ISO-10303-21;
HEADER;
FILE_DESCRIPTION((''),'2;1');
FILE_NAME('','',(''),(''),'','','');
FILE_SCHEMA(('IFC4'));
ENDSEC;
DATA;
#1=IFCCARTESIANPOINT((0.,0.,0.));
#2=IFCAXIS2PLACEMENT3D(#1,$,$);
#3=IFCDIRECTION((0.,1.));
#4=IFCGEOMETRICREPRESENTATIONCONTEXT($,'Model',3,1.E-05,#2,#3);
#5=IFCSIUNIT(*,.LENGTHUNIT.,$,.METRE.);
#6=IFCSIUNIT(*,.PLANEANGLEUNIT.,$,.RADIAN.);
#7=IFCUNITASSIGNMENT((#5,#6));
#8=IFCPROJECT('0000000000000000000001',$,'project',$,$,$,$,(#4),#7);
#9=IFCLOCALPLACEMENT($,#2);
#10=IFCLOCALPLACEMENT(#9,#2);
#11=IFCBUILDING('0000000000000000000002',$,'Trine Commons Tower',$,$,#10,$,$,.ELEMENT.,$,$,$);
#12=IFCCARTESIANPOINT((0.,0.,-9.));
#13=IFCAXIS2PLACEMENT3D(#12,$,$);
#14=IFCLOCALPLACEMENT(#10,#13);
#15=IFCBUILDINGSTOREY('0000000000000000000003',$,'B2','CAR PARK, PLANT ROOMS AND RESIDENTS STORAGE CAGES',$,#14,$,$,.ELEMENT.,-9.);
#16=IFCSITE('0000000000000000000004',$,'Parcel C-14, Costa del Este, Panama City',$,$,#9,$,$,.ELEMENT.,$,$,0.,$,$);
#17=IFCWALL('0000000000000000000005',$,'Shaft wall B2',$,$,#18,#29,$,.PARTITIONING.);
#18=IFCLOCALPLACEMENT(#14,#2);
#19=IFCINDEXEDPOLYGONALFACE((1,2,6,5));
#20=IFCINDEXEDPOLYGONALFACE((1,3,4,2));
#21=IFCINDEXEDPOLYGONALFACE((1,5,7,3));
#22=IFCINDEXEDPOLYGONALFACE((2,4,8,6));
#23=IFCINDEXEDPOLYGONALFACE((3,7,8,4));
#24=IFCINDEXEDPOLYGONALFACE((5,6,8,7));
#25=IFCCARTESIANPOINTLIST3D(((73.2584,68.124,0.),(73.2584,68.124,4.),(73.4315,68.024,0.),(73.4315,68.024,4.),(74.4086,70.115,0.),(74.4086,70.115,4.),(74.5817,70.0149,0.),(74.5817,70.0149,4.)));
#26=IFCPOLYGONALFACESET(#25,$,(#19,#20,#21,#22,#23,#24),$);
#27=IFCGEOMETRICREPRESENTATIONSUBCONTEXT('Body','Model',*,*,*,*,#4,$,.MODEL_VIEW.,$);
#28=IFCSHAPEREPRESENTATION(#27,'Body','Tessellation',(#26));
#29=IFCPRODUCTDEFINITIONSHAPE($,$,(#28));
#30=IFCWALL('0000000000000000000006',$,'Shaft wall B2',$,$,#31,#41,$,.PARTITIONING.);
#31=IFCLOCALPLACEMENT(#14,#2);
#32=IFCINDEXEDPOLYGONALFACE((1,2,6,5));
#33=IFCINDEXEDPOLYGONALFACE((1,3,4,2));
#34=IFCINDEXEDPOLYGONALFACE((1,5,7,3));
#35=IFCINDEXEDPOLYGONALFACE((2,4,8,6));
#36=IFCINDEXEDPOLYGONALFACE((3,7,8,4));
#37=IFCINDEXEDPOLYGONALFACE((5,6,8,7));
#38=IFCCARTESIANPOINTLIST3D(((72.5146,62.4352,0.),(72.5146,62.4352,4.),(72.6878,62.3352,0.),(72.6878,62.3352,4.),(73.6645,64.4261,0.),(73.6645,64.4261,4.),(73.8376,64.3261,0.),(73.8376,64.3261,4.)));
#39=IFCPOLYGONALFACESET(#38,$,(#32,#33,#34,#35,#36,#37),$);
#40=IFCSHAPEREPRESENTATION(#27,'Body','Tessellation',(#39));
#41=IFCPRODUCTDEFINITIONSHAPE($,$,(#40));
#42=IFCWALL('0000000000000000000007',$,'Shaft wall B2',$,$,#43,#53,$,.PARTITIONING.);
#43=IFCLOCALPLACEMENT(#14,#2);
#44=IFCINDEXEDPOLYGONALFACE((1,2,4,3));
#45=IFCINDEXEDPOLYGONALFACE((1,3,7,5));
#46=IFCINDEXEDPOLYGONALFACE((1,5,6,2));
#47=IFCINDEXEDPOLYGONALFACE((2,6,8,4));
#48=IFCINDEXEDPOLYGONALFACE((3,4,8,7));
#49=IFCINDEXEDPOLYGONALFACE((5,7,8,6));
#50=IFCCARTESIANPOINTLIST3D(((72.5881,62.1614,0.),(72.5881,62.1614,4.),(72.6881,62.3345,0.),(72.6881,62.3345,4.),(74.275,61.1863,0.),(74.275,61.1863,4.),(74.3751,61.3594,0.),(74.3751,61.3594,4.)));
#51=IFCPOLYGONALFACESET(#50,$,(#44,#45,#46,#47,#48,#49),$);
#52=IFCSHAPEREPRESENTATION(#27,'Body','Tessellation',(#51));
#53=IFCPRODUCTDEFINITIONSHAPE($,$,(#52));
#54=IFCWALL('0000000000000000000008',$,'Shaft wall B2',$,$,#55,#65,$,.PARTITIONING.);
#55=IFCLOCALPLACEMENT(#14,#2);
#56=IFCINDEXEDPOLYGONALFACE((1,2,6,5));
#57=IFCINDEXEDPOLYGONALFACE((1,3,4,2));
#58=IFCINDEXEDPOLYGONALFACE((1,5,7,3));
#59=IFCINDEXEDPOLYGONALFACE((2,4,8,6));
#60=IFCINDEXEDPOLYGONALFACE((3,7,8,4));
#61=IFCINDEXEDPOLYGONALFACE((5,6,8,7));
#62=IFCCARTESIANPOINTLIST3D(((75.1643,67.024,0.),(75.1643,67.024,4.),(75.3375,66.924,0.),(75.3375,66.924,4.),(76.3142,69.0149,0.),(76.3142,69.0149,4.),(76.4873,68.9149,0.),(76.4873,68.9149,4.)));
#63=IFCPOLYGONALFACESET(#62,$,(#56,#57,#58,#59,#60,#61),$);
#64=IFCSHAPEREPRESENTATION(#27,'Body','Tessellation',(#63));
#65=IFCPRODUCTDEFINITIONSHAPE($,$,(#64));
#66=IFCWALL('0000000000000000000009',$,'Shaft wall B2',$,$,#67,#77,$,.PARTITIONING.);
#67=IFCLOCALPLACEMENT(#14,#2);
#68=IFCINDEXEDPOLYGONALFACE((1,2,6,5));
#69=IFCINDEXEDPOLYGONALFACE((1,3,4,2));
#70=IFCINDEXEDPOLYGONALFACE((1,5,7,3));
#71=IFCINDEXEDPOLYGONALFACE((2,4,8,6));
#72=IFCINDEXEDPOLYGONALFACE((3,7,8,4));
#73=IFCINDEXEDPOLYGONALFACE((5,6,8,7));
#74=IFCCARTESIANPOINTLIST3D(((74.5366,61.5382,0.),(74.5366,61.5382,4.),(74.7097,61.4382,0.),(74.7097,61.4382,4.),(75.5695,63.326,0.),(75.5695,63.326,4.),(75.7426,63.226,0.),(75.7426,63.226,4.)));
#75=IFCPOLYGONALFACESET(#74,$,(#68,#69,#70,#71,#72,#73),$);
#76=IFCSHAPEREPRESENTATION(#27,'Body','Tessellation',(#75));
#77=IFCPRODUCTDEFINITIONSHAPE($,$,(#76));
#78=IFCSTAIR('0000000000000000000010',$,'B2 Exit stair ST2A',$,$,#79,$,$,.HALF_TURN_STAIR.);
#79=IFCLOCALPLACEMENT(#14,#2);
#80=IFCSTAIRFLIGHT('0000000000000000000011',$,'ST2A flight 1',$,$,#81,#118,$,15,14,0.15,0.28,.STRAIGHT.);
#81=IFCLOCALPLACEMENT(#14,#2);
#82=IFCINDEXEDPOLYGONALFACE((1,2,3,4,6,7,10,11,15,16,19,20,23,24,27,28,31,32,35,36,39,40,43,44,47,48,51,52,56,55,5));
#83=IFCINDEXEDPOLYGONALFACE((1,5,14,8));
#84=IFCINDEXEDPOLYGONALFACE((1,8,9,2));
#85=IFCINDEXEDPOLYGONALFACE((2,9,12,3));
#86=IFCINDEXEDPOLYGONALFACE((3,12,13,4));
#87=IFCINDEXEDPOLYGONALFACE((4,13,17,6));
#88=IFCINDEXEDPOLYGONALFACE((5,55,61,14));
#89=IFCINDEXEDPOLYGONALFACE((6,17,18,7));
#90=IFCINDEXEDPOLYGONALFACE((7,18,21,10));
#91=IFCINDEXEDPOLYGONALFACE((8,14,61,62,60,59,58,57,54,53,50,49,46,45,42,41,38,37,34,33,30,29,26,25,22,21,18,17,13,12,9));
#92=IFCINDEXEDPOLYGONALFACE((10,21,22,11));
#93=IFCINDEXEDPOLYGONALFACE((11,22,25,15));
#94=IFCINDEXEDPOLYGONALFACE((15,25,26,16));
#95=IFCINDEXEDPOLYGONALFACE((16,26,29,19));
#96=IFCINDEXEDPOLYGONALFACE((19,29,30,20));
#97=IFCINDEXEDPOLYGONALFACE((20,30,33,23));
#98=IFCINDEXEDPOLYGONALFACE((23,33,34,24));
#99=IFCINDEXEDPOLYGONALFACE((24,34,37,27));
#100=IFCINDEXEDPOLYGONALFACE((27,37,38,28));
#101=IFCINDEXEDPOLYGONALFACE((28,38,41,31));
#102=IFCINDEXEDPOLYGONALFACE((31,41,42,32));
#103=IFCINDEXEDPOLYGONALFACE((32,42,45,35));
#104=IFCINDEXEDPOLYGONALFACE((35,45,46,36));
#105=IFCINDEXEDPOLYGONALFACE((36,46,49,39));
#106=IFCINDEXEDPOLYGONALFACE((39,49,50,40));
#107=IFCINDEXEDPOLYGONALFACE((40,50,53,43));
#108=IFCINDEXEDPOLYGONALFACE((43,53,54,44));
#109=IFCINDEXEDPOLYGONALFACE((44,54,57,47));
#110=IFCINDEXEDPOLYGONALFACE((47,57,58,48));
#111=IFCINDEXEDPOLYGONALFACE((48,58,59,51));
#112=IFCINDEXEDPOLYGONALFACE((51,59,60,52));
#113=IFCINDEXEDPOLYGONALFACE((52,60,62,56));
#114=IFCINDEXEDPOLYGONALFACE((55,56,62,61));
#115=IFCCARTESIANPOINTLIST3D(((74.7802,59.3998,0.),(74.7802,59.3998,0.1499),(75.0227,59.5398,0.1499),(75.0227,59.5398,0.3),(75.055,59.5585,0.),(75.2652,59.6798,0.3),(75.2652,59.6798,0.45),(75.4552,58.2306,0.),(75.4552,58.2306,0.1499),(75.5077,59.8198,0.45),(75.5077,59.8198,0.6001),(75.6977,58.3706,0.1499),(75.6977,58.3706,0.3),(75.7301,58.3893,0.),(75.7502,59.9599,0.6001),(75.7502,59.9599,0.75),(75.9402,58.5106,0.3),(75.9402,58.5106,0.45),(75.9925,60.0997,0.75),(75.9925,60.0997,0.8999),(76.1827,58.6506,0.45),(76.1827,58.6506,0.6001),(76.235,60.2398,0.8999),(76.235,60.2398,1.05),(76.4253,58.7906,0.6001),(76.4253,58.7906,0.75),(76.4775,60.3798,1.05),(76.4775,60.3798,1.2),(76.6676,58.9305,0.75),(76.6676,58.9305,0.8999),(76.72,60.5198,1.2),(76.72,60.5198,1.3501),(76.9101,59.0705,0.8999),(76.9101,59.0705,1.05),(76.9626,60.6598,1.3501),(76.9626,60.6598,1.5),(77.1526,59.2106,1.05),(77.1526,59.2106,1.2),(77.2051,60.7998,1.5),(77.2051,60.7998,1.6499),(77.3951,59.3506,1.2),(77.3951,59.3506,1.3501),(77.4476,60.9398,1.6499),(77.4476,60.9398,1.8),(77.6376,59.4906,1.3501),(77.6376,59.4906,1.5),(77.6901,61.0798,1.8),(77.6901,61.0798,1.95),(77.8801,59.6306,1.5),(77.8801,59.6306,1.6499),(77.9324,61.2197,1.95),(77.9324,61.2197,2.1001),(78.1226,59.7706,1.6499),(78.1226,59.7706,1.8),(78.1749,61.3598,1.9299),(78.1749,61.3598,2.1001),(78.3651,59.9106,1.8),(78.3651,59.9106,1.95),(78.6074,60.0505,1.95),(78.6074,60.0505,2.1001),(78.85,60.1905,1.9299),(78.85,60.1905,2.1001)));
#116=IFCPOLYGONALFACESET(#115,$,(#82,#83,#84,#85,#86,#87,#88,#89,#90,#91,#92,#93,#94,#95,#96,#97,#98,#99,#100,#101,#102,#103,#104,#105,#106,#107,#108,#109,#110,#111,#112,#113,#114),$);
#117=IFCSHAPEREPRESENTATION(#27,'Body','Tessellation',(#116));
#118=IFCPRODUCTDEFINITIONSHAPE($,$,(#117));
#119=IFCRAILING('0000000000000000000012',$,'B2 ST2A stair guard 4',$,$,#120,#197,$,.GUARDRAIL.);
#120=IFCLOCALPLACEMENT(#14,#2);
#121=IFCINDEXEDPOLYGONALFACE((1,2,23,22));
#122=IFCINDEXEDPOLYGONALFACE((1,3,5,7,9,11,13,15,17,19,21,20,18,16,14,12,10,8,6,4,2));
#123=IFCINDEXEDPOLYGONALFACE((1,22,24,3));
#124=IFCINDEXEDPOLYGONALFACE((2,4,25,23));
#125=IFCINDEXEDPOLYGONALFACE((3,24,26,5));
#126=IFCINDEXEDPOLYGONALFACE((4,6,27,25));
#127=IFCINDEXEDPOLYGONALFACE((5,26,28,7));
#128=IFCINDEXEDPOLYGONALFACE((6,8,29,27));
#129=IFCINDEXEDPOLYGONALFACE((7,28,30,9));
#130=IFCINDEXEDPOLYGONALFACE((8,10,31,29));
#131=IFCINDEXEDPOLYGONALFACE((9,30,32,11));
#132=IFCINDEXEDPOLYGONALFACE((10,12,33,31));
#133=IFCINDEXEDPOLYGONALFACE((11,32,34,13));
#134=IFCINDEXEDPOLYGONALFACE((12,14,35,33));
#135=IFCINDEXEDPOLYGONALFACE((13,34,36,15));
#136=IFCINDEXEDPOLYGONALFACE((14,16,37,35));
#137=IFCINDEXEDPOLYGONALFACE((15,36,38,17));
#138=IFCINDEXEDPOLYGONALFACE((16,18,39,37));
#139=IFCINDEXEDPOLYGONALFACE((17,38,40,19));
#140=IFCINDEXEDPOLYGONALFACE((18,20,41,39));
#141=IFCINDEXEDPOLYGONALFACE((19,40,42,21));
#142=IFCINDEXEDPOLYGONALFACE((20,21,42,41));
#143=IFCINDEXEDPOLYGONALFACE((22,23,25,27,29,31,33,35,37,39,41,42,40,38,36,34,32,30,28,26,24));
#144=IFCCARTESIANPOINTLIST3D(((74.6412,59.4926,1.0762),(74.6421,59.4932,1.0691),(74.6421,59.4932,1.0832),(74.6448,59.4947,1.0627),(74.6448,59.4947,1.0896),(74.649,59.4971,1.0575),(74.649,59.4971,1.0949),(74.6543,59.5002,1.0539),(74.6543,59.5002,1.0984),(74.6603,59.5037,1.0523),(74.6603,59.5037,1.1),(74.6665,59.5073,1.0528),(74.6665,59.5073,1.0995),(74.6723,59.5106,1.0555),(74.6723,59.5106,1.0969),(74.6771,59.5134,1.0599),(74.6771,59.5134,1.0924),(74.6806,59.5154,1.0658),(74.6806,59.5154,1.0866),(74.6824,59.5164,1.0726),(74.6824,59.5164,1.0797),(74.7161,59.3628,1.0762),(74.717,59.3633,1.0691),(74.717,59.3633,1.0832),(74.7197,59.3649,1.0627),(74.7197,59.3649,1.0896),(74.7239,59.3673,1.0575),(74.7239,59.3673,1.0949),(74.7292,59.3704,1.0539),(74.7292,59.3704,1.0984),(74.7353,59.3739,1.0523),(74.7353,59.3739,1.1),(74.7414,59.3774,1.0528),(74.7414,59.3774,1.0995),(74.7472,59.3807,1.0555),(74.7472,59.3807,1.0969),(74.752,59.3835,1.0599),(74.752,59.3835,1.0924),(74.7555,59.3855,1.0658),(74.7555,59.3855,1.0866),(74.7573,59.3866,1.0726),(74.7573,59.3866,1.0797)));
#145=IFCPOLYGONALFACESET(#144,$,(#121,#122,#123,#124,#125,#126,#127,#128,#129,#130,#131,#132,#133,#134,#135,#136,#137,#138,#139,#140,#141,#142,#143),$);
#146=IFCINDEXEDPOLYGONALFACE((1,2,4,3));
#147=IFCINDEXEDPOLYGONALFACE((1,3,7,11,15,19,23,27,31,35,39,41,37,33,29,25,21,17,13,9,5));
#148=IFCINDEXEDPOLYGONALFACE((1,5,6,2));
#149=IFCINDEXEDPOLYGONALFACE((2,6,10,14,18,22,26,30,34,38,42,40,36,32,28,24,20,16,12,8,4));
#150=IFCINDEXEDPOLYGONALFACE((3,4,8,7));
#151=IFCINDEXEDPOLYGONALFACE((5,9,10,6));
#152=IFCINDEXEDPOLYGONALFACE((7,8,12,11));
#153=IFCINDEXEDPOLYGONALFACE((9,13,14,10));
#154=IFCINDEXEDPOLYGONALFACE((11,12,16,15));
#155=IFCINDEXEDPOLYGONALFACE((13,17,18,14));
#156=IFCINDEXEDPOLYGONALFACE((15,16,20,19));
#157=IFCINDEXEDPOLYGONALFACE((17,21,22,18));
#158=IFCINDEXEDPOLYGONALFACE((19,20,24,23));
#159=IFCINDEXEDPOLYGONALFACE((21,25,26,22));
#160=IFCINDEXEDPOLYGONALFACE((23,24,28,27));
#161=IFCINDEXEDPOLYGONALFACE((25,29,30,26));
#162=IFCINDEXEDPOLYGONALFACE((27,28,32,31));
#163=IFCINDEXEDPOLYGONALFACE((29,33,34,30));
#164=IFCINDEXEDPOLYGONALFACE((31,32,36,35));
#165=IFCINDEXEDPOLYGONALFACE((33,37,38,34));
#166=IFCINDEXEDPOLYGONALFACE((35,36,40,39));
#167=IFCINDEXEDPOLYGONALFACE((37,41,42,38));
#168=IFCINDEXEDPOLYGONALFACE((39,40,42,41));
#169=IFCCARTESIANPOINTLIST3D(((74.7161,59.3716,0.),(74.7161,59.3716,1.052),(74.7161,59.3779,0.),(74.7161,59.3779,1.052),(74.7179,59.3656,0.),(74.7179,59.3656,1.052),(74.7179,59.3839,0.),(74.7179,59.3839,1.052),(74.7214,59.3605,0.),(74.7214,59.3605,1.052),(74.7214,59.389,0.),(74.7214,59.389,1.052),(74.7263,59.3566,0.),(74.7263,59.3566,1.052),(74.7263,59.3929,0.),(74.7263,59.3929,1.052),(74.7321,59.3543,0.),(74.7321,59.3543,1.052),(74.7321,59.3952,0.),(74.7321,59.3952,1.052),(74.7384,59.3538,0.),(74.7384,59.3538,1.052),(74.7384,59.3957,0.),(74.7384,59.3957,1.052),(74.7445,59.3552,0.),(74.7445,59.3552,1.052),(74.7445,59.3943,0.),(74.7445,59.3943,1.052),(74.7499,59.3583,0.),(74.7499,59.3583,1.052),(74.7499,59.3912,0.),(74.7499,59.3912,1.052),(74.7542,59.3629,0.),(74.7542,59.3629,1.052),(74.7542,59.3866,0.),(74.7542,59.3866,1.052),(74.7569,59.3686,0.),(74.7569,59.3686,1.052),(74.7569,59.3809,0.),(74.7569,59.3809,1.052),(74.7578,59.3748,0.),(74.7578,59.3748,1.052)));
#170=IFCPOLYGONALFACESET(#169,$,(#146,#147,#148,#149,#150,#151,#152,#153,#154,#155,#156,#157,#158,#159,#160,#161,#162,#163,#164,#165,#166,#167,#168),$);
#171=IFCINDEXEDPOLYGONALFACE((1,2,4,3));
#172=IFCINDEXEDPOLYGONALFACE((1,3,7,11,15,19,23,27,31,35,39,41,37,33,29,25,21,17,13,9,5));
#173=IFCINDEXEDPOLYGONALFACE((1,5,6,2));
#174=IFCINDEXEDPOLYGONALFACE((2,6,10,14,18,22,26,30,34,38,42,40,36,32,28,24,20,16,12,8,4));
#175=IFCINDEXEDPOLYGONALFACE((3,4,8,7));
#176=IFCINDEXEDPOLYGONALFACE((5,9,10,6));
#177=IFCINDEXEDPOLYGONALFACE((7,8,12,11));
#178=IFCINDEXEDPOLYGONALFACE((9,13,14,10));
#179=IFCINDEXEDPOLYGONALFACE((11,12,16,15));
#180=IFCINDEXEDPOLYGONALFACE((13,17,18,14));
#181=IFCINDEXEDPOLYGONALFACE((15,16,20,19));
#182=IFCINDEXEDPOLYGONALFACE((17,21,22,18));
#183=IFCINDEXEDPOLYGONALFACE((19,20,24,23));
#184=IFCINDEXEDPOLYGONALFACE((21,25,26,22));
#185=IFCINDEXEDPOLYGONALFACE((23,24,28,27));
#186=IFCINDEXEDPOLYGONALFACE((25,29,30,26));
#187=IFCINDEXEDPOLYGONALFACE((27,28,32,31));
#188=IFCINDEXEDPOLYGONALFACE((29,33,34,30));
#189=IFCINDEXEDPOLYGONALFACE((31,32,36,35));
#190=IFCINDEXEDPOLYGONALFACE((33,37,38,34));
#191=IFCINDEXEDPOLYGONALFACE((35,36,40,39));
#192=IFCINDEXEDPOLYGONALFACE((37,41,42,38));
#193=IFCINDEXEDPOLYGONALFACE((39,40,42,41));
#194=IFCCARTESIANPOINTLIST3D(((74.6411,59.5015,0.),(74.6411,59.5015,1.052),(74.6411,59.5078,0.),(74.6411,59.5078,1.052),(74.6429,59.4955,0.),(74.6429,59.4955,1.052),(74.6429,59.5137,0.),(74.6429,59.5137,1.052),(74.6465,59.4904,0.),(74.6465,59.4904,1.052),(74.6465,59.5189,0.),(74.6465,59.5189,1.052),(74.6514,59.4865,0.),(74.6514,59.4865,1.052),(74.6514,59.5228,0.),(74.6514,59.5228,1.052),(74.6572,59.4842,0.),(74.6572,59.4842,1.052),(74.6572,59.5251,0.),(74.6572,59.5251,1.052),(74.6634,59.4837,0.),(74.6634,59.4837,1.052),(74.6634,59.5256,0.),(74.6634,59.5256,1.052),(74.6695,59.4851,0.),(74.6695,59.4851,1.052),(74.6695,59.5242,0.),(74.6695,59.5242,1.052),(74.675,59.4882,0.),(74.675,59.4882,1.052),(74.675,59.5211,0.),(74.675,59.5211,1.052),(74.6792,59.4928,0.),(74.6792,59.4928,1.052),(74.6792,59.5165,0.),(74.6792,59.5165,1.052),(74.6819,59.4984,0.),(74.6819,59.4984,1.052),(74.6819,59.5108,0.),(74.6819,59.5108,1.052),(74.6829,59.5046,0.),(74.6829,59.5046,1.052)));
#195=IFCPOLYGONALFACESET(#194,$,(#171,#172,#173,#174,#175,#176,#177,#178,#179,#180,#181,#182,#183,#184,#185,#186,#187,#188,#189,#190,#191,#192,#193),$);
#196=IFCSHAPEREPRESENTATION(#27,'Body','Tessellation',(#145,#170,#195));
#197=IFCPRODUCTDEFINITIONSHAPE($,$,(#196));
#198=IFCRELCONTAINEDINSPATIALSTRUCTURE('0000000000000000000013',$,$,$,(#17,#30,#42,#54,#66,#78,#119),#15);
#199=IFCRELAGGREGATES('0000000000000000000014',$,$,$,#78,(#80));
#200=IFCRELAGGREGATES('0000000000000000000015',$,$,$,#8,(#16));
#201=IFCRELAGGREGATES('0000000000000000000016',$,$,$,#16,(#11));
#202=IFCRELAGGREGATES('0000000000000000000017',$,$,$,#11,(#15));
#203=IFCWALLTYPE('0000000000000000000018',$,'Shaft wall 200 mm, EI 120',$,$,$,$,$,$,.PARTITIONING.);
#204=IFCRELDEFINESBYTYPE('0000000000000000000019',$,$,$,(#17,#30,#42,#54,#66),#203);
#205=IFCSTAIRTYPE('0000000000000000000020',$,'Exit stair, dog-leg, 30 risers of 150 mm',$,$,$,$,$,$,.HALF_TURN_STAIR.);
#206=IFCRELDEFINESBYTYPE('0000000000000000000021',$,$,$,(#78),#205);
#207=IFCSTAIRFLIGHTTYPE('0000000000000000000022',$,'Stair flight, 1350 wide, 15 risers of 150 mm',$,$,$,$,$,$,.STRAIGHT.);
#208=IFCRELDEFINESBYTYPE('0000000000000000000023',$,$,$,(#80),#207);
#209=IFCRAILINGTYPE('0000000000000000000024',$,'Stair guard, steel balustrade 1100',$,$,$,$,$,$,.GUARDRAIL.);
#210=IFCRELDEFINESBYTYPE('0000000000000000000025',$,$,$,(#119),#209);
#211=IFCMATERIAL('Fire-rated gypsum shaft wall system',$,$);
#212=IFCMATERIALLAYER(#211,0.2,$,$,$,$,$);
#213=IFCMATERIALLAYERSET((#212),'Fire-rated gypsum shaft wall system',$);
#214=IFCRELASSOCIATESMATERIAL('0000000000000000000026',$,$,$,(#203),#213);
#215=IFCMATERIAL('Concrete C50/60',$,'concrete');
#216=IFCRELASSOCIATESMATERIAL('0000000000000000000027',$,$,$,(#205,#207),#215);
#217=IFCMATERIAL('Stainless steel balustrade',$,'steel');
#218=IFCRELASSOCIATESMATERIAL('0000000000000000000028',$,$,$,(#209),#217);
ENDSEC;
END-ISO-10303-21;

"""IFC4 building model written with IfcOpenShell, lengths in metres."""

from ifc_helpers import new_model, si_unit, direction, frame, frame_2d, origin, origin_2d, place, context, subcontext, project, spatial, polyline, rectangle, circle, outline, extrude, material, layer, layer_set, type_object, element, aggregate, save


model = new_model("IFC4")

# Units and contexts
model_context = context("Model", 3, precision=1e-05, world=origin(), true_north=direction((0.0, 1.0)))
body_context = subcontext(model_context, "Body", "Model", "MODEL_VIEW")
ifc_project = project(units=[si_unit("LENGTHUNIT", "METRE"), si_unit("PLANEANGLEUNIT", "RADIAN")], contexts=[model_context])

# Site, building, storey
site_placement = place(None, origin())
site = spatial("IfcSite", under=ifc_project, at=site_placement, Name="Parcel C-14, Costa del Este, Panama City", CompositionType="ELEMENT", RefElevation=0.0)
building_placement = place(site_placement, origin())
building = spatial("IfcBuilding", under=site, at=building_placement, Name="Trine Commons Tower", CompositionType="ELEMENT")
storey_placement = place(building_placement, frame((0.0, 0.0, -9.0)))
storey = spatial("IfcBuildingStorey", under=building, at=storey_placement, Name="B2", Description="CAR PARK, PLANT ROOMS AND RESIDENTS STORAGE CAGES", CompositionType="ELEMENT", Elevation=-9.0)

# Walls
ifc_material_1 = material(Name="Fire-rated gypsum shaft wall system")
ifc_layer_1 = layer(ifc_material_1, 0.2)
ifc_layer_set_1 = layer_set([ifc_layer_1], Name="Fire-rated gypsum shaft wall system")
wall_type_1 = type_object("IfcWallType", Name="Shaft wall 200 mm, EI 120", PredefinedType="PARTITIONING", material=ifc_layer_set_1)
wall_1_placement = place(storey_placement, frame((73.345, 68.074, 0.0), z_axis=(0.0, 0.0, 1.0), x_axis=(0.500216, 0.865901, 0.0)))
element("IfcWall", 1, at=wall_1_placement, inside=storey, type_object=wall_type_1, Name="Shaft wall B2", PredefinedType="PARTITIONING", context=body_context, shape_type="SweptSolid", body=[
    extrude(rectangle(XDim=2.2993, YDim=0.2, at=frame_2d((1.1497, 0.0))), origin(), (0.0, 0.0, 1.0), 4.0),
])
wall_2_placement = place(storey_placement, frame((73.751, 64.376, 0.0), z_axis=(0.0, 0.0, 1.0), x_axis=(-0.500136, -0.865947, 0.0)))
element("IfcWall", 2, at=wall_2_placement, inside=storey, type_object=wall_type_1, Name="Shaft wall B2", PredefinedType="PARTITIONING", context=body_context, shape_type="SweptSolid", body=[
    extrude(rectangle(XDim=2.2991, YDim=0.2, at=frame_2d((1.1494, 0.0))), origin(), (0.0, 0.0, 1.0), 4.0),
])
wall_3_placement = place(storey_placement, frame((74.325, 61.2729, 0.0), z_axis=(0.0, 0.0, 1.0), x_axis=(-0.865781, 0.500424, 0.0)))
element("IfcWall", 3, at=wall_3_placement, inside=storey, type_object=wall_type_1, Name="Shaft wall B2", PredefinedType="PARTITIONING", context=body_context, shape_type="SweptSolid", body=[
    extrude(rectangle(XDim=1.9485, YDim=0.2, at=frame_2d((0.9741, 0.0))), origin(), (0.0, 0.0, 1.0), 4.0),
])
wall_4_placement = place(storey_placement, frame((75.251, 66.9741, 0.0), z_axis=(0.0, 0.0, 1.0), x_axis=(0.500136, 0.865947, 0.0)))
element("IfcWall", 4, at=wall_4_placement, inside=storey, type_object=wall_type_1, Name="Shaft wall B2", PredefinedType="PARTITIONING", context=body_context, shape_type="SweptSolid", body=[
    extrude(rectangle(XDim=2.2991, YDim=0.2, at=frame_2d((1.1494, 0.0))), origin(), (0.0, 0.0, 1.0), 4.0),
])
wall_5_placement = place(storey_placement, frame((75.656, 63.2759, 0.0), z_axis=(0.0, 0.0, 1.0), x_axis=(-0.500272, -0.865868, 0.0)))
element("IfcWall", 5, at=wall_5_placement, inside=storey, type_object=wall_type_1, Name="Shaft wall B2", PredefinedType="PARTITIONING", context=body_context, shape_type="SweptSolid", body=[
    extrude(rectangle(XDim=2.0647, YDim=0.2, at=frame_2d((1.0322, 0.0))), origin(), (0.0, 0.0, 1.0), 4.0),
])

# Stair, stair flight
ifc_material_2 = material(Name="Concrete C50/60", Category="concrete")
stair_type = type_object("IfcStairType", Name="Exit stair, dog-leg, 30 risers of 150 mm", PredefinedType="HALF_TURN_STAIR", material=ifc_material_2)
stair_placement = place(storey_placement, origin())
stair = element("IfcStair", 6, at=stair_placement, inside=storey, type_object=stair_type, Name="B2 Exit stair ST2A", PredefinedType="HALF_TURN_STAIR")
stair_flight_type = type_object("IfcStairFlightType", Name="Stair flight, 1350 wide, 15 risers of 150 mm", PredefinedType="STRAIGHT", material=ifc_material_2)
stair_flight_placement = place(storey_placement, frame((75.1177, 58.8152, 0.0), z_axis=(0.0, 0.0, 1.0), x_axis=(0.866025, 0.5, 0.0)))
stair_flight = element("IfcStairFlight", 7, at=stair_flight_placement, type_object=stair_flight_type, Name="ST2A flight 1", NumberOfRisers=15, NumberOfTreads=14, PredefinedType="STRAIGHT", RiserHeight=0.15, TreadLength=0.28, context=body_context, shape_type="SweptSolid", body=[
    extrude(outline(polyline([(0.0, 0.0), (0.0, 0.1499), (0.28, 0.1499), (0.28, 0.3), (0.5601, 0.3), (0.5601, 0.45), (0.8401, 0.45), (0.8401, 0.6001), (1.1201, 0.6001), (1.1201, 0.75), (1.3999, 0.75), (1.3999, 0.8999), (1.6799, 0.8999), (1.6799, 1.05), (1.96, 1.05), (1.96, 1.2), (2.24, 1.2), (2.24, 1.3501), (2.52, 1.3501), (2.52, 1.5), (2.8, 1.5), (2.8, 1.6499), (3.0801, 1.6499), (3.0801, 1.8), (3.3601, 1.8), (3.3601, 1.95), (3.6399, 1.95), (3.6399, 2.1001), (3.9199, 2.1001), (3.9199, 2.25), (3.9199, 1.9299), (0.3174, 0.0), (0.0, 0.0)])), frame((0.0, 0.675, 0.0), z_axis=(0.0, -1.0, 0.0), x_axis=(1.0, 0.0, 0.0)), (0.0, 0.0, 1.0), 1.3501),
])
aggregate(stair, [stair_flight])

# Railing
ifc_material_3 = material(Name="Stainless steel balustrade", Category="steel")
railing_type_1 = type_object("IfcRailingType", Name="Stair guard, steel balustrade 1100", PredefinedType="GUARDRAIL", material=ifc_material_3)
railing_1_placement = place(storey_placement, frame((74.7368, 59.3748, 0.0)))
element("IfcRailing", 8, at=railing_1_placement, inside=storey, type_object=railing_type_1, Name="B2 ST2A stair guard 4", PredefinedType="GUARDRAIL", context=body_context, shape_type="SweptSolid", body=[
    extrude(circle(Radius=0.0239, at=origin_2d()), frame((0.0, 0.0, 1.0762), z_axis=(-0.499816, 0.866131, 0.0), x_axis=(-0.866131, -0.499816, 0.0)), (0.0, 0.0, 1.0), 0.1499),
    extrude(circle(Radius=0.021, at=origin_2d()), origin(), (0.0, 0.0, 1.0), 1.052),
    extrude(circle(Radius=0.021, at=origin_2d()), frame((-0.075, 0.1299, 0.0)), (0.0, 0.0, 1.0), 1.052),
])

save(model, "model.ifc")
